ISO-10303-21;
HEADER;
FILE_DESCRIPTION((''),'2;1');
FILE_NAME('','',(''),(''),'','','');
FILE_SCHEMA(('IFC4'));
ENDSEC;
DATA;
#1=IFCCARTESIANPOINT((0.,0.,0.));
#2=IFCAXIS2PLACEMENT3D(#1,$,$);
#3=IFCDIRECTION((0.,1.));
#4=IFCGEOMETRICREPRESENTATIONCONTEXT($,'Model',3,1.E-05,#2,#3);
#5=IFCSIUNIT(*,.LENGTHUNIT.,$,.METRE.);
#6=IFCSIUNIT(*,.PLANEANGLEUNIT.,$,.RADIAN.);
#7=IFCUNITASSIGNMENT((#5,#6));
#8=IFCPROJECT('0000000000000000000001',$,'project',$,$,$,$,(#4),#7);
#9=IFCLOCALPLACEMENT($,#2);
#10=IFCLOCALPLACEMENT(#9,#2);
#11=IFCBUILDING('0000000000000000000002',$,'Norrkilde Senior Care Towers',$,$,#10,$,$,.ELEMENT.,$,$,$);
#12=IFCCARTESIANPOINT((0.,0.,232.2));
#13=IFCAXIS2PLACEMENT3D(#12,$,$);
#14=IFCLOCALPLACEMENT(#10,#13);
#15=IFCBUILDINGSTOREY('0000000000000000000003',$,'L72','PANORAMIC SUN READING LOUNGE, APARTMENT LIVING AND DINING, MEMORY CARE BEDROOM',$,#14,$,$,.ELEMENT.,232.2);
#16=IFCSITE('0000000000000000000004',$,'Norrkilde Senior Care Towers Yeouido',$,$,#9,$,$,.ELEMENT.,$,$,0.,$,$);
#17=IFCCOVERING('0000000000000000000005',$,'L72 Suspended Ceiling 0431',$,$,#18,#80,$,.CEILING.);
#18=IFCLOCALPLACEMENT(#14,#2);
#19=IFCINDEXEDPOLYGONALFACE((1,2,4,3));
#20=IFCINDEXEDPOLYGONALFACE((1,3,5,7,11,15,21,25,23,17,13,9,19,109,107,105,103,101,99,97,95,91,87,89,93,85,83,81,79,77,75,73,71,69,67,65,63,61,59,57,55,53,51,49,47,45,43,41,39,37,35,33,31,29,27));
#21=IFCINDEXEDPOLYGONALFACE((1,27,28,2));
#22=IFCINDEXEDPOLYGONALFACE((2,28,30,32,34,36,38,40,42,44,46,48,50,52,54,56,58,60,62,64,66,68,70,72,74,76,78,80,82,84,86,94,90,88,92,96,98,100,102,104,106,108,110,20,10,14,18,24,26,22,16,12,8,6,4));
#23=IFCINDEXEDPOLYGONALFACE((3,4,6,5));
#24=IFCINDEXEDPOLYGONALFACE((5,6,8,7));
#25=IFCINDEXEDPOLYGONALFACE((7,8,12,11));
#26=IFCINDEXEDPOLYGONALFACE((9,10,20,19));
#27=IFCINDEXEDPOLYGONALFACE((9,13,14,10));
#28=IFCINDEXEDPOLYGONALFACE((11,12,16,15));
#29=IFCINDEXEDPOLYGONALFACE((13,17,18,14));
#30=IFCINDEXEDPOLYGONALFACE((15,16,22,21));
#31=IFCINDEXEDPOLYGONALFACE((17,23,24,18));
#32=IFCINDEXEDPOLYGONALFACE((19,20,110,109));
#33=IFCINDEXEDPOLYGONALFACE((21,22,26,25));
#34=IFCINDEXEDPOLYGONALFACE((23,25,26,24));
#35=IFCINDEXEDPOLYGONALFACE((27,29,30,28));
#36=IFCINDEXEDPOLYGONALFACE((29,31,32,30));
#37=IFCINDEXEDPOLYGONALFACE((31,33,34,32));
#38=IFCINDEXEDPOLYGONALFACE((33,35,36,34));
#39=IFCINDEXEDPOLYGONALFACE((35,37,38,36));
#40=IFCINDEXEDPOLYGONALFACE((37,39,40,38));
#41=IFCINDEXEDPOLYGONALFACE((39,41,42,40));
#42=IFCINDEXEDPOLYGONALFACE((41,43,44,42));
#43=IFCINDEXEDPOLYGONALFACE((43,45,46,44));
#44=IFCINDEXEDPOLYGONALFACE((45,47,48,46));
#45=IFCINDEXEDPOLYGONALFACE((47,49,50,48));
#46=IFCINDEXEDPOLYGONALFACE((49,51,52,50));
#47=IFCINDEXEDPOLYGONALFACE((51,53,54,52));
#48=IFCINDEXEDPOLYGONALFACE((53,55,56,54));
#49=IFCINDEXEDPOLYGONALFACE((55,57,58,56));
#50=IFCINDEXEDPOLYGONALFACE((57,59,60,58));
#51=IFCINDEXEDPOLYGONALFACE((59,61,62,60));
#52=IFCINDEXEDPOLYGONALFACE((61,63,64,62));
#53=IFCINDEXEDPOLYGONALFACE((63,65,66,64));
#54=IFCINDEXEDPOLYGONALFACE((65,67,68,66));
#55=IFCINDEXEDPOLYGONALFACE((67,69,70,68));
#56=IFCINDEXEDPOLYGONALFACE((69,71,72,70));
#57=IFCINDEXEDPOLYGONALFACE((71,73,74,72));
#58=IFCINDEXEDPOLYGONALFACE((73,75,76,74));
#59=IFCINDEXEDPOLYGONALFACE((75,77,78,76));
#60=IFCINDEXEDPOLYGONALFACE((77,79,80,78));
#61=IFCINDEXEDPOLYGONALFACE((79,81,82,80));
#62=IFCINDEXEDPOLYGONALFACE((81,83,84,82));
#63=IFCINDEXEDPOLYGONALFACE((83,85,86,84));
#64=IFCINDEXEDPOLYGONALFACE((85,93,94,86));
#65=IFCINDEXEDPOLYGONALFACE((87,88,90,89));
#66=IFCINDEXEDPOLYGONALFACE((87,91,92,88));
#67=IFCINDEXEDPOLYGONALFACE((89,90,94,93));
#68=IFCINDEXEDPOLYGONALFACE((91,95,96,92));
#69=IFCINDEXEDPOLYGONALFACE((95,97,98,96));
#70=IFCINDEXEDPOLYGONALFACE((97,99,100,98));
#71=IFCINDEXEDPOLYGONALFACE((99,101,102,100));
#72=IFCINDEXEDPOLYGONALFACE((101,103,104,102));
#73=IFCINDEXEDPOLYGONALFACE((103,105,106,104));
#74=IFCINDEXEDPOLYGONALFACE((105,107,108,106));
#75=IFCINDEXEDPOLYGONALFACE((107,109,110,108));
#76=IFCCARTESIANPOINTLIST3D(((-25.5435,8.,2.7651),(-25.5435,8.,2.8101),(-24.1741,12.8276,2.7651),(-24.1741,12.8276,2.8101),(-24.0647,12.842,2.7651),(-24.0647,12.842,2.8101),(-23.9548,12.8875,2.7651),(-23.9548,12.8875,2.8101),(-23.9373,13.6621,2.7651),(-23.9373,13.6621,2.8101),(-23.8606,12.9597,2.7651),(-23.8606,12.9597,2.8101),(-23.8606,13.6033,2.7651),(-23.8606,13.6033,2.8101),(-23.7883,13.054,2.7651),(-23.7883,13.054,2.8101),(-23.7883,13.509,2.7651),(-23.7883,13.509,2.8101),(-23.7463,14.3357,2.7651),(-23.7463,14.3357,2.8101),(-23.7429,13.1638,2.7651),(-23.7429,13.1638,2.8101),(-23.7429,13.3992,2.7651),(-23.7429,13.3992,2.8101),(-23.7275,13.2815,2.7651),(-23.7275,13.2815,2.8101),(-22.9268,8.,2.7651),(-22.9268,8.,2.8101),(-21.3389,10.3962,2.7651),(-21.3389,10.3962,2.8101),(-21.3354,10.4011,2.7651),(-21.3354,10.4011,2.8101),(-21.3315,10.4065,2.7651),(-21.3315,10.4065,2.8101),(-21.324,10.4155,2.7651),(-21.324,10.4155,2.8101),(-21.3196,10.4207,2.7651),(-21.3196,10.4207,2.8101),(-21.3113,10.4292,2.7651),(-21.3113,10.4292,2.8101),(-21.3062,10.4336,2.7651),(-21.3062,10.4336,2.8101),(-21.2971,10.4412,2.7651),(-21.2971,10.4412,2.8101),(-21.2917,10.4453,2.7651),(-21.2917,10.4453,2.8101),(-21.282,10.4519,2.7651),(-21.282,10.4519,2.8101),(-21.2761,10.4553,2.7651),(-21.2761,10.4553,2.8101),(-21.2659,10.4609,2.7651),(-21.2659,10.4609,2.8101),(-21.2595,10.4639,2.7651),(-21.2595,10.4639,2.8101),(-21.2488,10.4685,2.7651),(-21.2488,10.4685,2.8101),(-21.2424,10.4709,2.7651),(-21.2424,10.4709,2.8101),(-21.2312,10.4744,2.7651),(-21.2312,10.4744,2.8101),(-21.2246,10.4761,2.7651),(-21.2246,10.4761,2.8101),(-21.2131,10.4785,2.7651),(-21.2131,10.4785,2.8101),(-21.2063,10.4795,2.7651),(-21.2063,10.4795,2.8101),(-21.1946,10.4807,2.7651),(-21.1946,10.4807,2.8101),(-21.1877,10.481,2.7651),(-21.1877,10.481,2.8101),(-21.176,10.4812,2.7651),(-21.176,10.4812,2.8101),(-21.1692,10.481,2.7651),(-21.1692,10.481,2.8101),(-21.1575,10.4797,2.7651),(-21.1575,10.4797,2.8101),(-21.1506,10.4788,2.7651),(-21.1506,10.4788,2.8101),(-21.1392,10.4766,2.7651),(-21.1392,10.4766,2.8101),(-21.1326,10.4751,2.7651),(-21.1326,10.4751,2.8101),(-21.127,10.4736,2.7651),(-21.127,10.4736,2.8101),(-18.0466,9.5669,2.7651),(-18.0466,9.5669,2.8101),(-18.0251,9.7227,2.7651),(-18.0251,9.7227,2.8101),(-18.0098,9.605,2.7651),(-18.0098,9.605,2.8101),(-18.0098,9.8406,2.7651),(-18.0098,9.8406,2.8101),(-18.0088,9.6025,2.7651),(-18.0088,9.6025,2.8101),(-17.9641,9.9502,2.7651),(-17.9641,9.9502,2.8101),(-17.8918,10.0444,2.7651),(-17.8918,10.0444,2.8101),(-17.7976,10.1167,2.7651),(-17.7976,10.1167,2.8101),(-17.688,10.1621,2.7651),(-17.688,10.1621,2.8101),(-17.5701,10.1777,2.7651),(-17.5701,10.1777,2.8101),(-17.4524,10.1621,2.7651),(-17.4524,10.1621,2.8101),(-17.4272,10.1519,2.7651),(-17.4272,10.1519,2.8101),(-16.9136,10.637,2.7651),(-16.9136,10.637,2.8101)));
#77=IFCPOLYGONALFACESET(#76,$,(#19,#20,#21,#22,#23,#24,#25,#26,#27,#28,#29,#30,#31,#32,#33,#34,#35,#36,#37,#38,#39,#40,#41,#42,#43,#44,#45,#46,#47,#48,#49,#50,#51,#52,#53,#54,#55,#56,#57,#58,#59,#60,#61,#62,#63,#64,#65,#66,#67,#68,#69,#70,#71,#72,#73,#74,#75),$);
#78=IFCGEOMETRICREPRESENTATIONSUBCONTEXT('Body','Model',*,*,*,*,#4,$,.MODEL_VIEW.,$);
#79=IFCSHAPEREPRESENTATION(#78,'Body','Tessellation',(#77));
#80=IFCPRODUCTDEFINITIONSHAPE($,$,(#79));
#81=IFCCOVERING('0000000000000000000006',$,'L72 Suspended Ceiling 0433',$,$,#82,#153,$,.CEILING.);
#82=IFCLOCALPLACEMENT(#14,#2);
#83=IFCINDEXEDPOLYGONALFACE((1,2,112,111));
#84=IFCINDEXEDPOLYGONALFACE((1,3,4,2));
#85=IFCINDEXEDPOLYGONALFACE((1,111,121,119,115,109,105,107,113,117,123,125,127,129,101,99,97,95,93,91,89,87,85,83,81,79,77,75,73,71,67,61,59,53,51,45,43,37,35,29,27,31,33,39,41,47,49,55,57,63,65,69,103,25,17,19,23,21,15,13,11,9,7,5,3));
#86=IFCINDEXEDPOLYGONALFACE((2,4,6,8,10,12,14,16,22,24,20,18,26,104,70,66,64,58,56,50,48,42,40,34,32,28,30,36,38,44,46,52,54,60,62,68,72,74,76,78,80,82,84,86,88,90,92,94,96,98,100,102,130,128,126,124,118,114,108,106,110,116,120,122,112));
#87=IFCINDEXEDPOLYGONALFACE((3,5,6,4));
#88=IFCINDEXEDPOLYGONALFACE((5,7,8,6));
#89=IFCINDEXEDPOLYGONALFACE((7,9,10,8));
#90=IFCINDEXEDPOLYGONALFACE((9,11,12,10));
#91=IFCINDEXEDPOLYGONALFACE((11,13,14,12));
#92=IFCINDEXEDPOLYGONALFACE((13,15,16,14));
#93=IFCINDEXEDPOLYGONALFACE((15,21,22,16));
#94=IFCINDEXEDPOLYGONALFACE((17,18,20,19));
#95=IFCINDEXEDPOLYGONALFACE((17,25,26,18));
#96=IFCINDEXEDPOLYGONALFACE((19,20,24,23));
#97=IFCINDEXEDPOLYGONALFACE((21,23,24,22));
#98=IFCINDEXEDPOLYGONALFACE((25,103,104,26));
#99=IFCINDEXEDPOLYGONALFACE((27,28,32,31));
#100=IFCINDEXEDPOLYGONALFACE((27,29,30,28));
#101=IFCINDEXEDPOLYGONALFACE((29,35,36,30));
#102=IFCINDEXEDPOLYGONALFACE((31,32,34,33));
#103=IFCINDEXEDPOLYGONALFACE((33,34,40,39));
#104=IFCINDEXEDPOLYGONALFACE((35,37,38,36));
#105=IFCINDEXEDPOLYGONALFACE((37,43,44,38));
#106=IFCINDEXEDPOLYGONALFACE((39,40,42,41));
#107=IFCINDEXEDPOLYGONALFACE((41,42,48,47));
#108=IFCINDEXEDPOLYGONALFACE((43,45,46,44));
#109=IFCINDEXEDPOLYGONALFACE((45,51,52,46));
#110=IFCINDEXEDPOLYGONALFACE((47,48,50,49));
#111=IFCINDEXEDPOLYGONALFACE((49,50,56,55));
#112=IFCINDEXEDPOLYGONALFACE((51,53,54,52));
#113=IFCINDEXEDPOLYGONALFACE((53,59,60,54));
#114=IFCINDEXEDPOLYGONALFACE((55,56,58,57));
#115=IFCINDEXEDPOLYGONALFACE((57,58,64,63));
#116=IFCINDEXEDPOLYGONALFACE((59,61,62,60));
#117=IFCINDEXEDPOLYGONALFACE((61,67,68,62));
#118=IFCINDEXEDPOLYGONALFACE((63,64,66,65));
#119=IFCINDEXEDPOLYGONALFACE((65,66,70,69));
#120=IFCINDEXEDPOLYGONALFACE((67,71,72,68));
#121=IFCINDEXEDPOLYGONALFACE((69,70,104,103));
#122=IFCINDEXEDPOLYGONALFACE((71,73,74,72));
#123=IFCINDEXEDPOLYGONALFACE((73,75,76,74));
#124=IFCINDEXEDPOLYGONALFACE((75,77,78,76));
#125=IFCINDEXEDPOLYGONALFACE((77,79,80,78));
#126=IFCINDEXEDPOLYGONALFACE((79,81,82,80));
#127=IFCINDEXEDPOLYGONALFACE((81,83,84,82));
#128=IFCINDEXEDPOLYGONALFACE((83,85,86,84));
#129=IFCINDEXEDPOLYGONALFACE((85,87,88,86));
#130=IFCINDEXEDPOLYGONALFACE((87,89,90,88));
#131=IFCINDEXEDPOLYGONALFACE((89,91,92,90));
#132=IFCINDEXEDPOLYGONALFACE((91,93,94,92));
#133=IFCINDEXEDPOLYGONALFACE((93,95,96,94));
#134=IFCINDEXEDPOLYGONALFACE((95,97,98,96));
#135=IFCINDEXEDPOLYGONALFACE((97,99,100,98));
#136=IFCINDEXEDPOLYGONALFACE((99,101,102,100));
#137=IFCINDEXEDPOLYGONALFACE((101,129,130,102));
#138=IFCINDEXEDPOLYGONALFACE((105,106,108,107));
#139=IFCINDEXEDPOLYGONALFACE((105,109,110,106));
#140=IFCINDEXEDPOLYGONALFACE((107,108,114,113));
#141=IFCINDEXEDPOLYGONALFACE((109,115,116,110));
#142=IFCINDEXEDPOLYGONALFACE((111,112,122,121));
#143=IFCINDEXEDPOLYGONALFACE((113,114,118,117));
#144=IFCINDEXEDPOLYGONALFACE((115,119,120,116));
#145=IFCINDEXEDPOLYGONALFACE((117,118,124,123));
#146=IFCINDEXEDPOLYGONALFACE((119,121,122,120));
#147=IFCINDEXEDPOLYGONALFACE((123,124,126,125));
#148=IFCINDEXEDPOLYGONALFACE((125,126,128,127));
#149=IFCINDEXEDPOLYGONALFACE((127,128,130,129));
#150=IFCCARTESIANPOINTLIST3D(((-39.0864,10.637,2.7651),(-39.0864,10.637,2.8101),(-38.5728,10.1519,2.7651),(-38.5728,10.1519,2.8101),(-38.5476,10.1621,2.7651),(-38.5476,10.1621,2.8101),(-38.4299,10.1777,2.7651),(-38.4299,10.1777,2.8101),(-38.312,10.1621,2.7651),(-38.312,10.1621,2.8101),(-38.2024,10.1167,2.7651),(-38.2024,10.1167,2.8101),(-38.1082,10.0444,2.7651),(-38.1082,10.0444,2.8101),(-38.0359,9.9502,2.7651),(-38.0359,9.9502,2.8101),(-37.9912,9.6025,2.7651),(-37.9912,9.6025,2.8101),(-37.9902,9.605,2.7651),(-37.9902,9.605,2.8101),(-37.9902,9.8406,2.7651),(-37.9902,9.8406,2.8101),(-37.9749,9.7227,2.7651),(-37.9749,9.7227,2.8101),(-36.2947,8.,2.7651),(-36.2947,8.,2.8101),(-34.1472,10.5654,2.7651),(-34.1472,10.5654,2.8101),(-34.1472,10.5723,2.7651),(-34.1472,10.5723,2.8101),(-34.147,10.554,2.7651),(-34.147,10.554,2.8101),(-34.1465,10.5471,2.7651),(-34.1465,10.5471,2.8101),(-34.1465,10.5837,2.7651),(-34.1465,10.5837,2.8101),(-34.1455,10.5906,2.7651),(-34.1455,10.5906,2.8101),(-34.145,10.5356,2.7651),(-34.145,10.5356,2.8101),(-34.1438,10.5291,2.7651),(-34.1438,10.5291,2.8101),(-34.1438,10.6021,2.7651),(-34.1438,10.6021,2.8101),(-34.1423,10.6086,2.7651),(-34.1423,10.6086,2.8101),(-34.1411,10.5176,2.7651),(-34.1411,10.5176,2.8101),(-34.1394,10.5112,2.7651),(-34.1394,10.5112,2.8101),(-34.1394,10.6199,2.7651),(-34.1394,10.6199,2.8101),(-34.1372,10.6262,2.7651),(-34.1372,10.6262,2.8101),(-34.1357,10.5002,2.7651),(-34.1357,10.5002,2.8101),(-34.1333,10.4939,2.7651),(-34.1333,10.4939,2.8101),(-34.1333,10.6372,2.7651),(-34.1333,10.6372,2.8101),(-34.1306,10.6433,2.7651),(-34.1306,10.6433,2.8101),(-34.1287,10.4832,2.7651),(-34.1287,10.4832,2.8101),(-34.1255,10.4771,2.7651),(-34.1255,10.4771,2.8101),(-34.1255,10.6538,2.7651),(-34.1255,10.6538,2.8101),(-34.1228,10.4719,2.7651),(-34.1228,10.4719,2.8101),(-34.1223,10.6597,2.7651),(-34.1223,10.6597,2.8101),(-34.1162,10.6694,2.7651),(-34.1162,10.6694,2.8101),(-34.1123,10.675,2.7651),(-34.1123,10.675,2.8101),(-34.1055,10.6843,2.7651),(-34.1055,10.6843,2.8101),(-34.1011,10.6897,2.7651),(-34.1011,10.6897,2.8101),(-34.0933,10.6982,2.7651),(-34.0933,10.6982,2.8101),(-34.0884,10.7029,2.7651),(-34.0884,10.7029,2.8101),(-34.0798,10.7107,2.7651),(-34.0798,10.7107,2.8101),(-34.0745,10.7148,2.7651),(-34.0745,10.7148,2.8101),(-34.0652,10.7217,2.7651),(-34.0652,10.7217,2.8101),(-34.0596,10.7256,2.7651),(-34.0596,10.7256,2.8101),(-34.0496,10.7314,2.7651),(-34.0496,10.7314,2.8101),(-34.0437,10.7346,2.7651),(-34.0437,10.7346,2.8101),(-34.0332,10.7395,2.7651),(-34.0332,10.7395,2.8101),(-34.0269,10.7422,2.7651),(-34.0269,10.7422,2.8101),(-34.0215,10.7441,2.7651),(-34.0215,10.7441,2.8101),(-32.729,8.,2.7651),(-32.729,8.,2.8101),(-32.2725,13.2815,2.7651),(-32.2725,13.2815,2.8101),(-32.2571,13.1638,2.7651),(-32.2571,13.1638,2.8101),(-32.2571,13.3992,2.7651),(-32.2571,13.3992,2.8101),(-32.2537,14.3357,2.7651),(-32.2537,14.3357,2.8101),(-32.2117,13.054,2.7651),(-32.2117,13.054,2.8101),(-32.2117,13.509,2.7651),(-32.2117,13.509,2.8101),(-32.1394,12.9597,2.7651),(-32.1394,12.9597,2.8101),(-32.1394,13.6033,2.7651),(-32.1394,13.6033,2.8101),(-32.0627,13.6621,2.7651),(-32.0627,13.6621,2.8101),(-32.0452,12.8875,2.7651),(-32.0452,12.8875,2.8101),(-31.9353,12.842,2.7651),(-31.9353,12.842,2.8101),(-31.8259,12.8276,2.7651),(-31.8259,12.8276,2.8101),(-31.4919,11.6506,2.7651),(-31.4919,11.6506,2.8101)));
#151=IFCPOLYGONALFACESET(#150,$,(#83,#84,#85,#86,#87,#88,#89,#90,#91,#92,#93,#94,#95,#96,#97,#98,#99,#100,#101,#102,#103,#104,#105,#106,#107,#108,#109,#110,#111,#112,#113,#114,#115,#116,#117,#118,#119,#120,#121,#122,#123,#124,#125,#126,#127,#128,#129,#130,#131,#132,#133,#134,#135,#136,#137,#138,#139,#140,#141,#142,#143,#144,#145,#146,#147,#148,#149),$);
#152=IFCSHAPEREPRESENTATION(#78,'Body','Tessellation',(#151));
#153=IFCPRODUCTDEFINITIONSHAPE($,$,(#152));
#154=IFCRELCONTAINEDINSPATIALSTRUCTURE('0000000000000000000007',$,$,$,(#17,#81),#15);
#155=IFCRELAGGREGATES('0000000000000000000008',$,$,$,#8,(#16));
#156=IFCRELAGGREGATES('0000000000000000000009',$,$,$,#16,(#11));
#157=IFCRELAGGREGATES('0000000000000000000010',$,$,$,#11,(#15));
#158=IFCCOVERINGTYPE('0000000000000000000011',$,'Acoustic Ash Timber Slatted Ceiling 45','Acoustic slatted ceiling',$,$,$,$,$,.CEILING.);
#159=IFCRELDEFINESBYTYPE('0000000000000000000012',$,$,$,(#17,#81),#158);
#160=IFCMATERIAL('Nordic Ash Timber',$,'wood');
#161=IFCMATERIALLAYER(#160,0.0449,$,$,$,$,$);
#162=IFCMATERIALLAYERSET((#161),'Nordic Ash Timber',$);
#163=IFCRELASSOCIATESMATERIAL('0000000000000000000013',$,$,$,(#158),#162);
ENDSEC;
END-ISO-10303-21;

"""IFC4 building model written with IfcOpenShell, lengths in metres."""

from ifc_helpers import new_model, si_unit, direction, frame, origin, place, context, subcontext, project, spatial, polyline, outline, extrude, material, layer, layer_set, type_object, element, save


model = new_model("IFC4")

# Units and contexts
model_context = context("Model", 3, precision=1e-05, world=origin(), true_north=direction((0.0, 1.0)))
body_context = subcontext(model_context, "Body", "Model", "MODEL_VIEW")
ifc_project = project(units=[si_unit("LENGTHUNIT", "METRE"), si_unit("PLANEANGLEUNIT", "RADIAN")], contexts=[model_context])

# Site, building, storey
site_placement = place(None, origin())
site = spatial("IfcSite", under=ifc_project, at=site_placement, Name="Norrkilde Senior Care Towers Yeouido", CompositionType="ELEMENT", RefElevation=0.0)
building_placement = place(site_placement, origin())
building = spatial("IfcBuilding", under=site, at=building_placement, Name="Norrkilde Senior Care Towers", CompositionType="ELEMENT")
storey_placement = place(building_placement, frame((0.0, 0.0, 232.2)))
storey = spatial("IfcBuildingStorey", under=building, at=storey_placement, Name="L72", Description="PANORAMIC SUN READING LOUNGE, APARTMENT LIVING AND DINING, MEMORY CARE BEDROOM", CompositionType="ELEMENT", Elevation=232.2)

# Coverings
ifc_material_1 = material(Name="Nordic Ash Timber", Category="wood")
ifc_layer_1 = layer(ifc_material_1, 0.0449)
ifc_layer_set_1 = layer_set([ifc_layer_1], Name="Nordic Ash Timber")
covering_type_1 = type_object("IfcCoveringType", Name="Acoustic Ash Timber Slatted Ceiling 45", Description="Acoustic slatted ceiling", PredefinedType="CEILING", material=ifc_layer_set_1)
covering_1_placement = place(storey_placement, frame((0.0, 0.0, 2.7651)))
element("IfcCovering", 1, at=covering_1_placement, inside=storey, type_object=covering_type_1, Name="L72 Suspended Ceiling 0431", PredefinedType="CEILING", context=body_context, shape_type="SweptSolid", body=[
    extrude(outline(polyline([(-21.1506, 10.4788), (-21.1575, 10.4797), (-21.1692, 10.481), (-21.176, 10.4812), (-21.1877, 10.481), (-21.1946, 10.4807), (-21.2063, 10.4795), (-21.2131, 10.4785), (-21.2246, 10.4761), (-21.2312, 10.4744), (-21.2424, 10.4709), (-21.2488, 10.4685), (-21.2595, 10.4639), (-21.2659, 10.4609), (-21.2761, 10.4553), (-21.282, 10.4519), (-21.2917, 10.4453), (-21.2971, 10.4412), (-21.3062, 10.4336), (-21.3113, 10.4292), (-21.3196, 10.4207), (-21.324, 10.4155), (-21.3315, 10.4065), (-21.3354, 10.4011), (-21.3389, 10.3962), (-22.9268, 8.0), (-25.5435, 8.0), (-24.1741, 12.8276), (-24.0647, 12.842), (-23.9548, 12.8875), (-23.8606, 12.9597), (-23.7883, 13.054), (-23.7429, 13.1638), (-23.7275, 13.2815), (-23.7429, 13.3992), (-23.7883, 13.509), (-23.8606, 13.6033), (-23.9373, 13.6621), (-23.7463, 14.3357), (-16.9136, 10.637), (-17.4272, 10.1519), (-17.4524, 10.1621), (-17.5701, 10.1777), (-17.688, 10.1621), (-17.7976, 10.1167), (-17.8918, 10.0444), (-17.9641, 9.9502), (-18.0098, 9.8406), (-18.0251, 9.7227), (-18.0098, 9.605), (-18.0088, 9.6025), (-18.0466, 9.5669), (-21.127, 10.4736), (-21.1326, 10.4751), (-21.1392, 10.4766), (-21.1506, 10.4788)])), origin(), (0.0, 0.0, 1.0), 0.0449),
])
covering_2_placement = place(storey_placement, frame((0.0, 0.0, 2.7651)))
element("IfcCovering", 2, at=covering_2_placement, inside=storey, type_object=covering_type_1, Name="L72 Suspended Ceiling 0433", PredefinedType="CEILING", context=body_context, shape_type="SweptSolid", body=[
    extrude(outline(polyline([(-34.0596, 10.7256), (-34.0652, 10.7217), (-34.0745, 10.7148), (-34.0798, 10.7107), (-34.0884, 10.7029), (-34.0933, 10.6982), (-34.1011, 10.6897), (-34.1055, 10.6843), (-34.1123, 10.675), (-34.1162, 10.6694), (-34.1223, 10.6597), (-34.1255, 10.6538), (-34.1306, 10.6433), (-34.1333, 10.6372), (-34.1372, 10.6262), (-34.1394, 10.6199), (-34.1423, 10.6086), (-34.1438, 10.6021), (-34.1455, 10.5906), (-34.1465, 10.5837), (-34.1472, 10.5723), (-34.1472, 10.5654), (-34.147, 10.554), (-34.1465, 10.5471), (-34.145, 10.5356), (-34.1438, 10.5291), (-34.1411, 10.5176), (-34.1394, 10.5112), (-34.1357, 10.5002), (-34.1333, 10.4939), (-34.1287, 10.4832), (-34.1255, 10.4771), (-34.1228, 10.4719), (-32.729, 8.0), (-36.2947, 8.0), (-37.9912, 9.6025), (-37.9902, 9.605), (-37.9749, 9.7227), (-37.9902, 9.8406), (-38.0359, 9.9502), (-38.1082, 10.0444), (-38.2024, 10.1167), (-38.312, 10.1621), (-38.4299, 10.1777), (-38.5476, 10.1621), (-38.5728, 10.1519), (-39.0864, 10.637), (-32.2537, 14.3357), (-32.0627, 13.6621), (-32.1394, 13.6033), (-32.2117, 13.509), (-32.2571, 13.3992), (-32.2725, 13.2815), (-32.2571, 13.1638), (-32.2117, 13.054), (-32.1394, 12.9597), (-32.0452, 12.8875), (-31.9353, 12.842), (-31.8259, 12.8276), (-31.4919, 11.6506), (-34.0215, 10.7441), (-34.0269, 10.7422), (-34.0332, 10.7395), (-34.0437, 10.7346), (-34.0496, 10.7314), (-34.0596, 10.7256)])), origin(), (0.0, 0.0, 1.0), 0.0449),
])

save(model, "model.ifc")
